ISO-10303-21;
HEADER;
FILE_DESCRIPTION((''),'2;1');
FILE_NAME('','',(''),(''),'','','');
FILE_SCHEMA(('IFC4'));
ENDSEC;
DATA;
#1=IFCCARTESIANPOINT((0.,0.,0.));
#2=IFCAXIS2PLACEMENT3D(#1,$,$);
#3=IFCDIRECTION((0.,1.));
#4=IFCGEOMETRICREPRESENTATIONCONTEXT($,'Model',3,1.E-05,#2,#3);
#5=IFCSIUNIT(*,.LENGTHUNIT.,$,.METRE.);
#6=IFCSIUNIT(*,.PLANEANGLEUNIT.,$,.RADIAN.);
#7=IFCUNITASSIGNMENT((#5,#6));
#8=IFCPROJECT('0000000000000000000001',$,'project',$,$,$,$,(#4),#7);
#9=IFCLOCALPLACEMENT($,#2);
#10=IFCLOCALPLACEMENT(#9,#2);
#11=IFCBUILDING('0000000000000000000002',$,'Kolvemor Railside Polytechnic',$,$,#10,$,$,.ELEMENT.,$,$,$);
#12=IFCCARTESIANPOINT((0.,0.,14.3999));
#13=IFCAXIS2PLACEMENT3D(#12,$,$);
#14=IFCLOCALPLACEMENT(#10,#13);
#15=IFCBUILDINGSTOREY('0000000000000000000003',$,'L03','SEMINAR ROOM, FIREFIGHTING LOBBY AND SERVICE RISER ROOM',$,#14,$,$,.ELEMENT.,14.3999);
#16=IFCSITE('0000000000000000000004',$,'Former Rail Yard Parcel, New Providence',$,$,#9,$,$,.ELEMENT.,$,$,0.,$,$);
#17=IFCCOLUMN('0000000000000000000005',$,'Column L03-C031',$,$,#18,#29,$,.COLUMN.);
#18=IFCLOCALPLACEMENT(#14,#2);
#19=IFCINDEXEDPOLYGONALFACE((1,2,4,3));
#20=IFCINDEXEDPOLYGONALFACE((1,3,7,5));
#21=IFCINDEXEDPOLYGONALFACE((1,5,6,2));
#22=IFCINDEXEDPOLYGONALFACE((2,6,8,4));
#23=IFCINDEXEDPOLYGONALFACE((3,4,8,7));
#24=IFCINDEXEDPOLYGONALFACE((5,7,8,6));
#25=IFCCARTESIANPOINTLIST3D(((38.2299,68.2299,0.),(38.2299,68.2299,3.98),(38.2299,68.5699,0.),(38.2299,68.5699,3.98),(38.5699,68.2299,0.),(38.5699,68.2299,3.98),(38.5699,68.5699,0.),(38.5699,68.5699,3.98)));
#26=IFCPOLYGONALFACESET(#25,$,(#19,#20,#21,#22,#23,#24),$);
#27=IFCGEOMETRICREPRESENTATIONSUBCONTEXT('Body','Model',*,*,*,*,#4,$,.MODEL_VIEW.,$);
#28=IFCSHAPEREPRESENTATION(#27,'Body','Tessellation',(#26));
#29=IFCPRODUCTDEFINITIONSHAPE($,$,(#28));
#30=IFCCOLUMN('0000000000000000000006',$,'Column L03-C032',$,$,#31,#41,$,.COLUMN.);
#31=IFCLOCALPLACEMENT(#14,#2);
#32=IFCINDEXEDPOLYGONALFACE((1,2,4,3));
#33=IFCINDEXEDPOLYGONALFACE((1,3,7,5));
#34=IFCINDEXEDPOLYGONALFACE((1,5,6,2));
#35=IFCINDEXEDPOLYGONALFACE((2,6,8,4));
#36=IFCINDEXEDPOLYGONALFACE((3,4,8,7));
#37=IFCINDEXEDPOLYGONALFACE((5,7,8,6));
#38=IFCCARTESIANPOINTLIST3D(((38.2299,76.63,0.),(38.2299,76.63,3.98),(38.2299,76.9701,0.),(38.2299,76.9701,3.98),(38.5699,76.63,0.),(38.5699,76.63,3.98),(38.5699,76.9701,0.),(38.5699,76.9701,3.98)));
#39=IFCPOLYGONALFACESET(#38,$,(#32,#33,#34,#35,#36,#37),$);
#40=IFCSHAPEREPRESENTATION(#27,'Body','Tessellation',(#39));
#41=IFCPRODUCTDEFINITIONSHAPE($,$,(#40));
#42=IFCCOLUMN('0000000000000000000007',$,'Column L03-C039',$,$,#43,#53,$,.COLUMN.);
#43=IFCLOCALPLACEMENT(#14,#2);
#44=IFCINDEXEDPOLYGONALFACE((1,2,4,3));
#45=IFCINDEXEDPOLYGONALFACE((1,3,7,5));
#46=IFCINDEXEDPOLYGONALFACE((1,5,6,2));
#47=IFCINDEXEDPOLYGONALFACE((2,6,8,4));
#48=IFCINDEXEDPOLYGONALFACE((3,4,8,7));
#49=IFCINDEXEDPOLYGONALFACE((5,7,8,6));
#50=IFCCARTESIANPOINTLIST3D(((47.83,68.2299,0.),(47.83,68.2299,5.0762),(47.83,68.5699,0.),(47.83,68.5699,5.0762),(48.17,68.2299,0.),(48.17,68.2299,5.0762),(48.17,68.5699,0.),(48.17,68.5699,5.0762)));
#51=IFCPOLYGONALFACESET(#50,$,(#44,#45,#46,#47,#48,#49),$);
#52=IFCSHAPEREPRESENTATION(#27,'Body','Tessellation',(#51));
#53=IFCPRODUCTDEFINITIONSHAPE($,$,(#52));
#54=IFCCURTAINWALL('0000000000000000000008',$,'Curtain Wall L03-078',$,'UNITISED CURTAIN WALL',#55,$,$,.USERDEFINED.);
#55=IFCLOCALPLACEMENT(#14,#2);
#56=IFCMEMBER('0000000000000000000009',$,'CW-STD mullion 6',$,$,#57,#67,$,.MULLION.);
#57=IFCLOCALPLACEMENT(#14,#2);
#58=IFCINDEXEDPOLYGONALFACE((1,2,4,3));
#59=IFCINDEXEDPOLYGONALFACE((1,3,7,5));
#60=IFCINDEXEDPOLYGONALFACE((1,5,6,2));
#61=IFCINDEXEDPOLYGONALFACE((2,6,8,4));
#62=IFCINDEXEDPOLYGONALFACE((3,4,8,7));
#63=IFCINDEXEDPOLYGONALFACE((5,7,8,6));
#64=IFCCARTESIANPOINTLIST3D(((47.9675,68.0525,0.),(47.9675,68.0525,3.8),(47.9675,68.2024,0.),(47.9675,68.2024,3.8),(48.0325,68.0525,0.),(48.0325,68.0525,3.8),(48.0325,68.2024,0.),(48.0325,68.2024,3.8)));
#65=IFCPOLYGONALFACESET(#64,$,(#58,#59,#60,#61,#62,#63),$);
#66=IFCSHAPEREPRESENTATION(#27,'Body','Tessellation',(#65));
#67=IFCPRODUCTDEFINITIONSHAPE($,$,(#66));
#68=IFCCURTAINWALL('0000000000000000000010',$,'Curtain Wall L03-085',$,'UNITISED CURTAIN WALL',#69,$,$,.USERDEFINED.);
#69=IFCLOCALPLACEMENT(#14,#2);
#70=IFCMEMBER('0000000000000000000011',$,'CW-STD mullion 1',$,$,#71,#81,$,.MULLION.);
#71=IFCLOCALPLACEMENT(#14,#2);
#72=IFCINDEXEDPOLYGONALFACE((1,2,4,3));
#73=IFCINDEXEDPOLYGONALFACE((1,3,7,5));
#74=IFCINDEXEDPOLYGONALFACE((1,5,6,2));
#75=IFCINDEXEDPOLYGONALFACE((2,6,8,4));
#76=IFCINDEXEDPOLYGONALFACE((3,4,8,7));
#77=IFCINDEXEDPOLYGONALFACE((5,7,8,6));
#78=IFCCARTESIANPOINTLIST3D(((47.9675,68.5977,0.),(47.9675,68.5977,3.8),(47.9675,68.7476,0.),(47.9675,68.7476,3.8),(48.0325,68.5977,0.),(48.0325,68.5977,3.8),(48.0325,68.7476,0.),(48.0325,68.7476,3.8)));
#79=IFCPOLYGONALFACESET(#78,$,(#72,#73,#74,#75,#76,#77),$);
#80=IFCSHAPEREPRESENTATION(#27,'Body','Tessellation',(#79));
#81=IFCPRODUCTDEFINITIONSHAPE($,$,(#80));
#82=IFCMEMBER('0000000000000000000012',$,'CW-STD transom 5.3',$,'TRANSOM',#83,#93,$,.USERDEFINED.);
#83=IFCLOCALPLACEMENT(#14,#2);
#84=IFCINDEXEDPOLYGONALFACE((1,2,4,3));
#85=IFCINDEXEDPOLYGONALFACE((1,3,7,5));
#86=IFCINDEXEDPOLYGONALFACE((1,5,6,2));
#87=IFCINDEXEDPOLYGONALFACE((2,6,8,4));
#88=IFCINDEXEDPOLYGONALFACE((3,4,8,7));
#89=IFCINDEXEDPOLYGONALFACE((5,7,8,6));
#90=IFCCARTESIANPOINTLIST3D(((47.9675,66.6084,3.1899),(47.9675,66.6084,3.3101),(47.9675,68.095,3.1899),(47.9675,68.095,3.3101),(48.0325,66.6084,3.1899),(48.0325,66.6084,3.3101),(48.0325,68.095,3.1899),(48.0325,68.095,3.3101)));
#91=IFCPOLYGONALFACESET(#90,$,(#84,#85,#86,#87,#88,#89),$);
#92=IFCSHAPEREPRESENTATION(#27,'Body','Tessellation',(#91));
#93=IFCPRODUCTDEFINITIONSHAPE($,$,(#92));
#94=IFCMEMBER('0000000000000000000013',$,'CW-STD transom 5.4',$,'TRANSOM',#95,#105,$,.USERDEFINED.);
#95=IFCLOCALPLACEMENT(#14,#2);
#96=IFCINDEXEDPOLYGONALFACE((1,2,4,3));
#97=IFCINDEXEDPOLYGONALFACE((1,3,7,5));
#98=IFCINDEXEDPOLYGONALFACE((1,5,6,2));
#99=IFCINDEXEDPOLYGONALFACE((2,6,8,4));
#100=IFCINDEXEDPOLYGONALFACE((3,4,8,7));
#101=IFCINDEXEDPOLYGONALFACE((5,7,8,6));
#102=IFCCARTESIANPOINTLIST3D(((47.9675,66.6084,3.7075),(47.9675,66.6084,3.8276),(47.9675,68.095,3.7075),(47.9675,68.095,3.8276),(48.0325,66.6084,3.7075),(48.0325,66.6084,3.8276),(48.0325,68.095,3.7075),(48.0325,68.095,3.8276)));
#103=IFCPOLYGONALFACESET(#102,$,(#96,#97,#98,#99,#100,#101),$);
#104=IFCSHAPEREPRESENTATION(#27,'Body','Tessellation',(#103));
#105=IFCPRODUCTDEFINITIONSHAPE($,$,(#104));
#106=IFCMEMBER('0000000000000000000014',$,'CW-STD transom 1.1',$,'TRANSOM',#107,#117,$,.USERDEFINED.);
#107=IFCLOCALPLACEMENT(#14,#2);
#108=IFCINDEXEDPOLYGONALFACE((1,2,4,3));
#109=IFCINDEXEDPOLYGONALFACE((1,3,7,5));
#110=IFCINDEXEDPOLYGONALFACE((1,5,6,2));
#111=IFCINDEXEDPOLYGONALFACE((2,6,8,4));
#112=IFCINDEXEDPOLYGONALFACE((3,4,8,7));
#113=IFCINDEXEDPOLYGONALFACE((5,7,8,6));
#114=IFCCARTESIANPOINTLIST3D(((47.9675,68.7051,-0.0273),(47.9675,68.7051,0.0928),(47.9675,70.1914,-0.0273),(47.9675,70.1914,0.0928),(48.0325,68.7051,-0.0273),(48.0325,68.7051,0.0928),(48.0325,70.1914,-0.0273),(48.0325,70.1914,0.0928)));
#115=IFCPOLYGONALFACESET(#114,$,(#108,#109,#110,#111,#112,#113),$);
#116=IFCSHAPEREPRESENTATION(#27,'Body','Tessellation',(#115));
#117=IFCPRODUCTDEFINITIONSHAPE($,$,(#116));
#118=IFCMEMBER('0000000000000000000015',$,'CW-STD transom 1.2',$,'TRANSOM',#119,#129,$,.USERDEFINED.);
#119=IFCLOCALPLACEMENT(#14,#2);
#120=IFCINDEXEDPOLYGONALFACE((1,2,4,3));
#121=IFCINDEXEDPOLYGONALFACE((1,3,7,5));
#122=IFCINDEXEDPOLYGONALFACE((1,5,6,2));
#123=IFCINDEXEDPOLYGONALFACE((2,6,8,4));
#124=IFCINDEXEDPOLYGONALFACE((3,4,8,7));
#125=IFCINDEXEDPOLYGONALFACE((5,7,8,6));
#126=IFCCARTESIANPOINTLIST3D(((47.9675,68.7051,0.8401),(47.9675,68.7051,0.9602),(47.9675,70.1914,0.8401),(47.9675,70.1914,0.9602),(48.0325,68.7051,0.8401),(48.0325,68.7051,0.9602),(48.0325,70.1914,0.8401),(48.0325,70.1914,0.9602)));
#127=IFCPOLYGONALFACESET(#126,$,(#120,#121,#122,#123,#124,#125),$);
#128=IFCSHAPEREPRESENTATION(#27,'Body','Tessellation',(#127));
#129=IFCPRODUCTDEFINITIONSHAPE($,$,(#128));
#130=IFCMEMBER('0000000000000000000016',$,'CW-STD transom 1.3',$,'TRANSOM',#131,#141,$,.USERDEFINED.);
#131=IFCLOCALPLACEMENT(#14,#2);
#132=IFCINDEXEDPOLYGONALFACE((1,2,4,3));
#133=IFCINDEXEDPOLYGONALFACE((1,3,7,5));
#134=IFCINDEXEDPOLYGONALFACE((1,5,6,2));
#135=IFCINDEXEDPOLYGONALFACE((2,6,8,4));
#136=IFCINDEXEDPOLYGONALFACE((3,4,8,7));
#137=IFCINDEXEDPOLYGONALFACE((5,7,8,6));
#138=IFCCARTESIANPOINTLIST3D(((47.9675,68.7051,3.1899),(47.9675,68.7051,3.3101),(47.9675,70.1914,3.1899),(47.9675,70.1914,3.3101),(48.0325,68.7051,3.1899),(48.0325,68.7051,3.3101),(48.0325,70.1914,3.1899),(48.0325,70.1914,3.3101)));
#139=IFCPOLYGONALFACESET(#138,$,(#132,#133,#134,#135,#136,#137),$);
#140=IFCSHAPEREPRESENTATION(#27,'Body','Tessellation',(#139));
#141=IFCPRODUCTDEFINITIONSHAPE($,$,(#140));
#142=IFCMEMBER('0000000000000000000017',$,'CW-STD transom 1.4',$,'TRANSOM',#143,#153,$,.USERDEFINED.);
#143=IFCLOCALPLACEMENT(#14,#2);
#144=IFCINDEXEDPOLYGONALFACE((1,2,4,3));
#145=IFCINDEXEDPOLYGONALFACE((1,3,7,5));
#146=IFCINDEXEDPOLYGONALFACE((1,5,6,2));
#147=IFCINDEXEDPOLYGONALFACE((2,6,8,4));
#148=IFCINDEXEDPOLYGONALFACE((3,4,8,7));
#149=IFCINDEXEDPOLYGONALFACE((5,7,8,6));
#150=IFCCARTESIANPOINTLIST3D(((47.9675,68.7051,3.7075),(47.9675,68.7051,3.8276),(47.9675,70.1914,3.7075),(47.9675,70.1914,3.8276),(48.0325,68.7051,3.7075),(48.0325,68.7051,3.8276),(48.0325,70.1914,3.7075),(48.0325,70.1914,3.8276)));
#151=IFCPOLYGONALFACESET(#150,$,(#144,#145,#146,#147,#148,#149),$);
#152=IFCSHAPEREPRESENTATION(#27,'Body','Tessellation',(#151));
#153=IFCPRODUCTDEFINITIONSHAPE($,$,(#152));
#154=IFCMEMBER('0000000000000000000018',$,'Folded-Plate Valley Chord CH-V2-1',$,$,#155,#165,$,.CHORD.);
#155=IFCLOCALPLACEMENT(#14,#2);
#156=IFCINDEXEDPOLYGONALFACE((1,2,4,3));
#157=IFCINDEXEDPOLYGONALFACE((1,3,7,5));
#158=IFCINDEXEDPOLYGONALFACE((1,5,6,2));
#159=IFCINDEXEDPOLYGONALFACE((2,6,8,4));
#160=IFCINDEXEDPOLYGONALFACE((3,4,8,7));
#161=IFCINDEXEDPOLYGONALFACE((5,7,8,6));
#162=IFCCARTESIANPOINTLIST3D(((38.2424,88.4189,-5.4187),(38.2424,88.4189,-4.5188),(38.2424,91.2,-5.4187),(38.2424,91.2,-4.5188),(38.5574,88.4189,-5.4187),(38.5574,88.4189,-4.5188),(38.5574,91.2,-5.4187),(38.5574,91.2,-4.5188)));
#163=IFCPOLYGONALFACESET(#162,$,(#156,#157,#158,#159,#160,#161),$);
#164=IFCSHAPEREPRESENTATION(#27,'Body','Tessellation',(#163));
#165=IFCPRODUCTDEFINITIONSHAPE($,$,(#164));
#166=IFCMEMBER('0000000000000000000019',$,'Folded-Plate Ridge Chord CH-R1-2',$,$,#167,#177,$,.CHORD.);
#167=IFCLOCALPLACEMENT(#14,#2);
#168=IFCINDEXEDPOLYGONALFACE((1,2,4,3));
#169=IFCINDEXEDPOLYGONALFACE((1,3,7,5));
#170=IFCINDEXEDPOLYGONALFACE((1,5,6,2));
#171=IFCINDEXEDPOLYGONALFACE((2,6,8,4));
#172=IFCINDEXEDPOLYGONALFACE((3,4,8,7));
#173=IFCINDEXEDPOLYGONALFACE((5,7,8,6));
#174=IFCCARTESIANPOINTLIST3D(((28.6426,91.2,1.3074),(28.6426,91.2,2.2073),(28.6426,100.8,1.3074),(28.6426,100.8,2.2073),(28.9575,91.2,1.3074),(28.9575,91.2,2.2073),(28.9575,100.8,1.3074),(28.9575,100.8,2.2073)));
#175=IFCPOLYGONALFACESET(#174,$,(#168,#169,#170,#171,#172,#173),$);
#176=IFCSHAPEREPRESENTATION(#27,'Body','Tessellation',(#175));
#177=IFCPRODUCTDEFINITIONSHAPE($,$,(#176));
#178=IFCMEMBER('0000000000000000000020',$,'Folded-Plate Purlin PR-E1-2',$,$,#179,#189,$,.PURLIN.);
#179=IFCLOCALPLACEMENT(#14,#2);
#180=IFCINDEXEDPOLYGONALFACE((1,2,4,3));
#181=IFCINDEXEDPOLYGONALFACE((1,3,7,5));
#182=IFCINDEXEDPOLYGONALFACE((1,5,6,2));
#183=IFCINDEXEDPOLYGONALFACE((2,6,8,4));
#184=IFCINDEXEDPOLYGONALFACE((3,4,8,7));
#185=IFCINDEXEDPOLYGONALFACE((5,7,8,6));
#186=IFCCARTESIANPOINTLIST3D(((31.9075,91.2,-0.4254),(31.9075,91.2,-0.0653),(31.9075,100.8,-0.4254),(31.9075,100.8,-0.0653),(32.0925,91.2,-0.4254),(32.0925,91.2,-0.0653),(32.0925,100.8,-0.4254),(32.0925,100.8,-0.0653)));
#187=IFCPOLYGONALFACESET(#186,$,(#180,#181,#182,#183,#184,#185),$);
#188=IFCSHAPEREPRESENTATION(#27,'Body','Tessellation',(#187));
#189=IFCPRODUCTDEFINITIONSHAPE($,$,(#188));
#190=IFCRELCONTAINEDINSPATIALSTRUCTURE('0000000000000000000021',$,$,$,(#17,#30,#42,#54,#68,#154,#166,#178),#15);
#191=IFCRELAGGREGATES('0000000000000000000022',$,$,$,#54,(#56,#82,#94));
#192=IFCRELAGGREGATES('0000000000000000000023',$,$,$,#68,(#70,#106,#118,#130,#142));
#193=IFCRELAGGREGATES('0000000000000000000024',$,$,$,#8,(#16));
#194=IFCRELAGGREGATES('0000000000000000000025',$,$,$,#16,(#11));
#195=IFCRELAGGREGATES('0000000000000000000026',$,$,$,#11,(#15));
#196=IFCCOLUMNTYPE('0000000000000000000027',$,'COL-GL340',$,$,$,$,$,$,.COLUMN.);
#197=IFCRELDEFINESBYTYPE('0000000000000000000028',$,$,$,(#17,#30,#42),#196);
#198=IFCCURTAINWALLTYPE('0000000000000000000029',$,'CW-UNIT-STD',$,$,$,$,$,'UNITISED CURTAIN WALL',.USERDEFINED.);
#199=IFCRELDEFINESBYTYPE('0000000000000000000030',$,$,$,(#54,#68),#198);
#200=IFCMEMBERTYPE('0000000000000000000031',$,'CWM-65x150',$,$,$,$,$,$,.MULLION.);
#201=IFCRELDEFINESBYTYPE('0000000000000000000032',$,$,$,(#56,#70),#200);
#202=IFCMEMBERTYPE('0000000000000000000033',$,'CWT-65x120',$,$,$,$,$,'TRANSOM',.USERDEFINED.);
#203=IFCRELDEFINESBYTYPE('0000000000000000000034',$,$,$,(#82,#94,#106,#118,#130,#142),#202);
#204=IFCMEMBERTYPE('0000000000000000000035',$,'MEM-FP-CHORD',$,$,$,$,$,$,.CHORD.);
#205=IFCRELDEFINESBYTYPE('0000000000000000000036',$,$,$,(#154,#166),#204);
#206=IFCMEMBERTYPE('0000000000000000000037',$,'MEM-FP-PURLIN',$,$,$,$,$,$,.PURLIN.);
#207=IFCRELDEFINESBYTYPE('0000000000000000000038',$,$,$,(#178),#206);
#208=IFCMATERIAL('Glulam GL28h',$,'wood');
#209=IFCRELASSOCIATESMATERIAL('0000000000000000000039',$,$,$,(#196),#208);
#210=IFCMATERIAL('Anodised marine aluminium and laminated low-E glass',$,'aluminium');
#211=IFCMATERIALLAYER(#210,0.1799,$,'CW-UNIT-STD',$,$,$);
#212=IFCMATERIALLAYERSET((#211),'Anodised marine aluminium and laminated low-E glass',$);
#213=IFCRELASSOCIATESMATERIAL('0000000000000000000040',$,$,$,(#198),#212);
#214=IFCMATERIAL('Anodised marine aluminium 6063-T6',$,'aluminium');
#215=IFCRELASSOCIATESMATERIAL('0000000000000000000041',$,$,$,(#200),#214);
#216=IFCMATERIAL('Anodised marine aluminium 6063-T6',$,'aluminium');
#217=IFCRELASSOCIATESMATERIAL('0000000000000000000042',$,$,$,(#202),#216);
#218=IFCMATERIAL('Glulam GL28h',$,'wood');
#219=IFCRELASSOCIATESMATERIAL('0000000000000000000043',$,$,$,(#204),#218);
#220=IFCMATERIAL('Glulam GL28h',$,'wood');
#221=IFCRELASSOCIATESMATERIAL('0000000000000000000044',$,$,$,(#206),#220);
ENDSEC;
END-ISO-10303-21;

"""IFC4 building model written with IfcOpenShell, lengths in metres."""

from ifc_helpers import new_model, si_unit, direction, frame, origin, origin_2d, place, context, subcontext, project, spatial, rectangle, extrude, material, layer, layer_set, material_profile, profile_set, type_object, element, aggregate, save


model = new_model("IFC4")

# Units and contexts
model_context = context("Model", 3, precision=1e-05, world=origin(), true_north=direction((0.0, 1.0)))
body_context = subcontext(model_context, "Body", "Model", "MODEL_VIEW")
ifc_project = project(units=[si_unit("LENGTHUNIT", "METRE"), si_unit("PLANEANGLEUNIT", "RADIAN")], contexts=[model_context])

# Site, building, storey
site_placement = place(None, origin())
site = spatial("IfcSite", under=ifc_project, at=site_placement, Name="Former Rail Yard Parcel, New Providence", CompositionType="ELEMENT", RefElevation=0.0)
building_placement = place(site_placement, origin())
building = spatial("IfcBuilding", under=site, at=building_placement, Name="Kolvemor Railside Polytechnic", CompositionType="ELEMENT")
storey_placement = place(building_placement, frame((0.0, 0.0, 14.3999)))
storey = spatial("IfcBuildingStorey", under=building, at=storey_placement, Name="L03", Description="SEMINAR ROOM, FIREFIGHTING LOBBY AND SERVICE RISER ROOM", CompositionType="ELEMENT", Elevation=14.3999)

# Columns
ifc_material_1 = material(Name="Glulam GL28h", Category="wood")
ifc_material_profile_1 = material_profile(ifc_material_1, rectangle(XDim=0.3401, YDim=0.3401, at=origin_2d()), Name="GL340x340")
ifc_profile_set_1 = profile_set([ifc_material_profile_1], Name="Glulam GL28h")
column_type = type_object("IfcColumnType", Name="COL-GL340", PredefinedType="COLUMN", material=ifc_profile_set_1)
for number, where, z_axis, x_axis, name in (
    (1, (38.3999, 68.3999, 0.0), (0.0, 0.0, 1.0), (1.0, 0.0, 0.0), "Column L03-C031"),
    (2, (38.3999, 76.8, 0.0), (0.0, 0.0, 1.0), (1.0, 0.0, 0.0), "Column L03-C032"),
):
    element("IfcColumn", number, at=place(storey_placement, frame(where, z_axis=z_axis, x_axis=x_axis)), inside=storey, type_object=column_type, Name=name, PredefinedType="COLUMN", context=body_context, shape_type="SweptSolid", body=[
        extrude(rectangle(XDim=0.3401, YDim=0.3401, at=origin_2d()), origin(), (0.0, 0.0, 1.0), 3.98),
    ])
column_placement = place(storey_placement, frame((48.0, 68.3999, 0.0), z_axis=(0.0, 0.0, 1.0), x_axis=(1.0, 0.0, 0.0)))
element("IfcColumn", 3, at=column_placement, inside=storey, type_object=column_type, Name="Column L03-C039", PredefinedType="COLUMN", context=body_context, shape_type="SweptSolid", body=[
    extrude(rectangle(XDim=0.3401, YDim=0.3401, at=origin_2d()), origin(), (0.0, 0.0, 1.0), 5.0762),
])

# Curtain walls, members
ifc_material_2 = material(Name="Anodised marine aluminium and laminated low-E glass", Category="aluminium")
ifc_layer_1 = layer(ifc_material_2, 0.1799, Name="CW-UNIT-STD")
ifc_layer_set_1 = layer_set([ifc_layer_1], Name="Anodised marine aluminium and laminated low-E glass")
curtain_wall_type = type_object("IfcCurtainWallType", Name="CW-UNIT-STD", ElementType="UNITISED CURTAIN WALL", PredefinedType="USERDEFINED", material=ifc_layer_set_1)
curtain_wall_1_placement = place(storey_placement, origin())
curtain_wall_1 = element("IfcCurtainWall", 4, at=curtain_wall_1_placement, inside=storey, type_object=curtain_wall_type, Name="Curtain Wall L03-078", ObjectType="UNITISED CURTAIN WALL", PredefinedType="USERDEFINED")
ifc_material_3 = material(Name="Anodised marine aluminium 6063-T6", Category="aluminium")
ifc_material_profile_2 = material_profile(ifc_material_3, rectangle(XDim=0.0649, YDim=0.1499, at=origin_2d()), Name="CW-MUL-65x150")
ifc_profile_set_2 = profile_set([ifc_material_profile_2], Name="Anodised marine aluminium 6063-T6")
member_type_1 = type_object("IfcMemberType", Name="CWM-65x150", PredefinedType="MULLION", material=ifc_profile_set_2)
member_1_placement = place(storey_placement, frame((48.0, 68.1274, 0.0), z_axis=(0.0, 0.0, 1.0), x_axis=(-1.0, 0.0, 0.0)))
member_1 = element("IfcMember", 5, at=member_1_placement, type_object=member_type_1, Name="CW-STD mullion 6", PredefinedType="MULLION", context=body_context, shape_type="SweptSolid", body=[
    extrude(rectangle(XDim=0.0649, YDim=0.1499, at=origin_2d()), origin(), (0.0, 0.0, 1.0), 3.8),
])
curtain_wall_2_placement = place(storey_placement, origin())
curtain_wall_2 = element("IfcCurtainWall", 6, at=curtain_wall_2_placement, inside=storey, type_object=curtain_wall_type, Name="Curtain Wall L03-085", ObjectType="UNITISED CURTAIN WALL", PredefinedType="USERDEFINED")
member_2_placement = place(storey_placement, frame((48.0, 68.6726, 0.0), z_axis=(0.0, 0.0, 1.0), x_axis=(-1.0, 0.0, 0.0)))
member_2 = element("IfcMember", 7, at=member_2_placement, type_object=member_type_1, Name="CW-STD mullion 1", PredefinedType="MULLION", context=body_context, shape_type="SweptSolid", body=[
    extrude(rectangle(XDim=0.0649, YDim=0.1499, at=origin_2d()), origin(), (0.0, 0.0, 1.0), 3.8),
])

# Members
ifc_material_4 = material(Name="Anodised marine aluminium 6063-T6", Category="aluminium")
ifc_material_profile_3 = material_profile(ifc_material_4, rectangle(XDim=0.0649, YDim=0.1201, at=origin_2d()), Name="CW-TRN-65x120")
ifc_profile_set_3 = profile_set([ifc_material_profile_3], Name="Anodised marine aluminium 6063-T6")
member_type_2 = type_object("IfcMemberType", Name="CWT-65x120", ElementType="TRANSOM", PredefinedType="USERDEFINED", material=ifc_profile_set_3)
member_3_placement = place(storey_placement, frame((48.0, 66.6084, 3.25), z_axis=(0.0, 1.0, 0.0), x_axis=(-1.0, 0.0, 0.0)))
member_3 = element("IfcMember", 8, at=member_3_placement, type_object=member_type_2, Name="CW-STD transom 5.3", ObjectType="TRANSOM", PredefinedType="USERDEFINED", context=body_context, shape_type="SweptSolid", body=[
    extrude(rectangle(XDim=0.0649, YDim=0.1201, at=origin_2d()), origin(), (0.0, 0.0, 1.0), 1.4866),
])
member_4_placement = place(storey_placement, frame((48.0, 66.6084, 3.7676), z_axis=(0.0, 1.0, 0.0), x_axis=(-1.0, 0.0, 0.0)))
member_4 = element("IfcMember", 9, at=member_4_placement, type_object=member_type_2, Name="CW-STD transom 5.4", ObjectType="TRANSOM", PredefinedType="USERDEFINED", context=body_context, shape_type="SweptSolid", body=[
    extrude(rectangle(XDim=0.0649, YDim=0.1201, at=origin_2d()), origin(), (0.0, 0.0, 1.0), 1.4866),
])
member_5_placement = place(storey_placement, frame((48.0, 68.7051, 0.0327), z_axis=(0.0, 1.0, 0.0), x_axis=(-1.0, 0.0, 0.0)))
member_5 = element("IfcMember", 10, at=member_5_placement, type_object=member_type_2, Name="CW-STD transom 1.1", ObjectType="TRANSOM", PredefinedType="USERDEFINED", context=body_context, shape_type="SweptSolid", body=[
    extrude(rectangle(XDim=0.0649, YDim=0.1201, at=origin_2d()), origin(), (0.0, 0.0, 1.0), 1.4863),
])
member_6_placement = place(storey_placement, frame((48.0, 68.7051, 0.9001), z_axis=(0.0, 1.0, 0.0), x_axis=(-1.0, 0.0, 0.0)))
member_6 = element("IfcMember", 11, at=member_6_placement, type_object=member_type_2, Name="CW-STD transom 1.2", ObjectType="TRANSOM", PredefinedType="USERDEFINED", context=body_context, shape_type="SweptSolid", body=[
    extrude(rectangle(XDim=0.0649, YDim=0.1201, at=origin_2d()), origin(), (0.0, 0.0, 1.0), 1.4863),
])
member_7_placement = place(storey_placement, frame((48.0, 68.7051, 3.25), z_axis=(0.0, 1.0, 0.0), x_axis=(-1.0, 0.0, 0.0)))
member_7 = element("IfcMember", 12, at=member_7_placement, type_object=member_type_2, Name="CW-STD transom 1.3", ObjectType="TRANSOM", PredefinedType="USERDEFINED", context=body_context, shape_type="SweptSolid", body=[
    extrude(rectangle(XDim=0.0649, YDim=0.1201, at=origin_2d()), origin(), (0.0, 0.0, 1.0), 1.4863),
])
member_8_placement = place(storey_placement, frame((48.0, 68.7051, 3.7676), z_axis=(0.0, 1.0, 0.0), x_axis=(-1.0, 0.0, 0.0)))
member_8 = element("IfcMember", 13, at=member_8_placement, type_object=member_type_2, Name="CW-STD transom 1.4", ObjectType="TRANSOM", PredefinedType="USERDEFINED", context=body_context, shape_type="SweptSolid", body=[
    extrude(rectangle(XDim=0.0649, YDim=0.1201, at=origin_2d()), origin(), (0.0, 0.0, 1.0), 1.4863),
])

# Members
ifc_material_5 = material(Name="Glulam GL28h", Category="wood")
ifc_material_profile_4 = material_profile(ifc_material_5, rectangle(XDim=0.3149, YDim=0.8999, at=origin_2d()), Name="GL315x900")
ifc_profile_set_4 = profile_set([ifc_material_profile_4], Name="Glulam GL28h")
member_type_3 = type_object("IfcMemberType", Name="MEM-FP-CHORD", PredefinedType="CHORD", material=ifc_profile_set_4)
member_9_placement = place(storey_placement, frame((38.3999, 88.4189, -4.9688), z_axis=(0.0, 1.0, 0.0), x_axis=(-1.0, 0.0, 0.0)))
element("IfcMember", 14, at=member_9_placement, inside=storey, type_object=member_type_3, Name="Folded-Plate Valley Chord CH-V2-1", PredefinedType="CHORD", context=body_context, shape_type="SweptSolid", body=[
    extrude(rectangle(XDim=0.3149, YDim=0.8999, at=origin_2d()), origin(), (0.0, 0.0, 1.0), 2.781),
])
member_10_placement = place(storey_placement, frame((28.8, 91.2, 1.7573), z_axis=(0.0, 1.0, 0.0), x_axis=(-1.0, 0.0, 0.0)))
element("IfcMember", 15, at=member_10_placement, inside=storey, type_object=member_type_3, Name="Folded-Plate Ridge Chord CH-R1-2", PredefinedType="CHORD", context=body_context, shape_type="SweptSolid", body=[
    extrude(rectangle(XDim=0.3149, YDim=0.8999, at=origin_2d()), origin(), (0.0, 0.0, 1.0), 9.6001),
])
ifc_material_6 = material(Name="Glulam GL28h", Category="wood")
ifc_material_profile_5 = material_profile(ifc_material_6, rectangle(XDim=0.1851, YDim=0.3601, at=origin_2d()), Name="GL185x360")
ifc_profile_set_5 = profile_set([ifc_material_profile_5], Name="Glulam GL28h")
member_type_4 = type_object("IfcMemberType", Name="MEM-FP-PURLIN", PredefinedType="PURLIN", material=ifc_profile_set_5)
member_11_placement = place(storey_placement, frame((32.0, 91.2, -0.2454), z_axis=(0.0, 1.0, 0.0), x_axis=(-1.0, 0.0, 0.0)))
element("IfcMember", 16, at=member_11_placement, inside=storey, type_object=member_type_4, Name="Folded-Plate Purlin PR-E1-2", PredefinedType="PURLIN", context=body_context, shape_type="SweptSolid", body=[
    extrude(rectangle(XDim=0.1851, YDim=0.3601, at=origin_2d()), origin(), (0.0, 0.0, 1.0), 9.6001),
])

aggregate(curtain_wall_1, [member_1, member_3, member_4])
aggregate(curtain_wall_2, [member_2, member_5, member_6, member_7, member_8])

save(model, "model.ifc")
